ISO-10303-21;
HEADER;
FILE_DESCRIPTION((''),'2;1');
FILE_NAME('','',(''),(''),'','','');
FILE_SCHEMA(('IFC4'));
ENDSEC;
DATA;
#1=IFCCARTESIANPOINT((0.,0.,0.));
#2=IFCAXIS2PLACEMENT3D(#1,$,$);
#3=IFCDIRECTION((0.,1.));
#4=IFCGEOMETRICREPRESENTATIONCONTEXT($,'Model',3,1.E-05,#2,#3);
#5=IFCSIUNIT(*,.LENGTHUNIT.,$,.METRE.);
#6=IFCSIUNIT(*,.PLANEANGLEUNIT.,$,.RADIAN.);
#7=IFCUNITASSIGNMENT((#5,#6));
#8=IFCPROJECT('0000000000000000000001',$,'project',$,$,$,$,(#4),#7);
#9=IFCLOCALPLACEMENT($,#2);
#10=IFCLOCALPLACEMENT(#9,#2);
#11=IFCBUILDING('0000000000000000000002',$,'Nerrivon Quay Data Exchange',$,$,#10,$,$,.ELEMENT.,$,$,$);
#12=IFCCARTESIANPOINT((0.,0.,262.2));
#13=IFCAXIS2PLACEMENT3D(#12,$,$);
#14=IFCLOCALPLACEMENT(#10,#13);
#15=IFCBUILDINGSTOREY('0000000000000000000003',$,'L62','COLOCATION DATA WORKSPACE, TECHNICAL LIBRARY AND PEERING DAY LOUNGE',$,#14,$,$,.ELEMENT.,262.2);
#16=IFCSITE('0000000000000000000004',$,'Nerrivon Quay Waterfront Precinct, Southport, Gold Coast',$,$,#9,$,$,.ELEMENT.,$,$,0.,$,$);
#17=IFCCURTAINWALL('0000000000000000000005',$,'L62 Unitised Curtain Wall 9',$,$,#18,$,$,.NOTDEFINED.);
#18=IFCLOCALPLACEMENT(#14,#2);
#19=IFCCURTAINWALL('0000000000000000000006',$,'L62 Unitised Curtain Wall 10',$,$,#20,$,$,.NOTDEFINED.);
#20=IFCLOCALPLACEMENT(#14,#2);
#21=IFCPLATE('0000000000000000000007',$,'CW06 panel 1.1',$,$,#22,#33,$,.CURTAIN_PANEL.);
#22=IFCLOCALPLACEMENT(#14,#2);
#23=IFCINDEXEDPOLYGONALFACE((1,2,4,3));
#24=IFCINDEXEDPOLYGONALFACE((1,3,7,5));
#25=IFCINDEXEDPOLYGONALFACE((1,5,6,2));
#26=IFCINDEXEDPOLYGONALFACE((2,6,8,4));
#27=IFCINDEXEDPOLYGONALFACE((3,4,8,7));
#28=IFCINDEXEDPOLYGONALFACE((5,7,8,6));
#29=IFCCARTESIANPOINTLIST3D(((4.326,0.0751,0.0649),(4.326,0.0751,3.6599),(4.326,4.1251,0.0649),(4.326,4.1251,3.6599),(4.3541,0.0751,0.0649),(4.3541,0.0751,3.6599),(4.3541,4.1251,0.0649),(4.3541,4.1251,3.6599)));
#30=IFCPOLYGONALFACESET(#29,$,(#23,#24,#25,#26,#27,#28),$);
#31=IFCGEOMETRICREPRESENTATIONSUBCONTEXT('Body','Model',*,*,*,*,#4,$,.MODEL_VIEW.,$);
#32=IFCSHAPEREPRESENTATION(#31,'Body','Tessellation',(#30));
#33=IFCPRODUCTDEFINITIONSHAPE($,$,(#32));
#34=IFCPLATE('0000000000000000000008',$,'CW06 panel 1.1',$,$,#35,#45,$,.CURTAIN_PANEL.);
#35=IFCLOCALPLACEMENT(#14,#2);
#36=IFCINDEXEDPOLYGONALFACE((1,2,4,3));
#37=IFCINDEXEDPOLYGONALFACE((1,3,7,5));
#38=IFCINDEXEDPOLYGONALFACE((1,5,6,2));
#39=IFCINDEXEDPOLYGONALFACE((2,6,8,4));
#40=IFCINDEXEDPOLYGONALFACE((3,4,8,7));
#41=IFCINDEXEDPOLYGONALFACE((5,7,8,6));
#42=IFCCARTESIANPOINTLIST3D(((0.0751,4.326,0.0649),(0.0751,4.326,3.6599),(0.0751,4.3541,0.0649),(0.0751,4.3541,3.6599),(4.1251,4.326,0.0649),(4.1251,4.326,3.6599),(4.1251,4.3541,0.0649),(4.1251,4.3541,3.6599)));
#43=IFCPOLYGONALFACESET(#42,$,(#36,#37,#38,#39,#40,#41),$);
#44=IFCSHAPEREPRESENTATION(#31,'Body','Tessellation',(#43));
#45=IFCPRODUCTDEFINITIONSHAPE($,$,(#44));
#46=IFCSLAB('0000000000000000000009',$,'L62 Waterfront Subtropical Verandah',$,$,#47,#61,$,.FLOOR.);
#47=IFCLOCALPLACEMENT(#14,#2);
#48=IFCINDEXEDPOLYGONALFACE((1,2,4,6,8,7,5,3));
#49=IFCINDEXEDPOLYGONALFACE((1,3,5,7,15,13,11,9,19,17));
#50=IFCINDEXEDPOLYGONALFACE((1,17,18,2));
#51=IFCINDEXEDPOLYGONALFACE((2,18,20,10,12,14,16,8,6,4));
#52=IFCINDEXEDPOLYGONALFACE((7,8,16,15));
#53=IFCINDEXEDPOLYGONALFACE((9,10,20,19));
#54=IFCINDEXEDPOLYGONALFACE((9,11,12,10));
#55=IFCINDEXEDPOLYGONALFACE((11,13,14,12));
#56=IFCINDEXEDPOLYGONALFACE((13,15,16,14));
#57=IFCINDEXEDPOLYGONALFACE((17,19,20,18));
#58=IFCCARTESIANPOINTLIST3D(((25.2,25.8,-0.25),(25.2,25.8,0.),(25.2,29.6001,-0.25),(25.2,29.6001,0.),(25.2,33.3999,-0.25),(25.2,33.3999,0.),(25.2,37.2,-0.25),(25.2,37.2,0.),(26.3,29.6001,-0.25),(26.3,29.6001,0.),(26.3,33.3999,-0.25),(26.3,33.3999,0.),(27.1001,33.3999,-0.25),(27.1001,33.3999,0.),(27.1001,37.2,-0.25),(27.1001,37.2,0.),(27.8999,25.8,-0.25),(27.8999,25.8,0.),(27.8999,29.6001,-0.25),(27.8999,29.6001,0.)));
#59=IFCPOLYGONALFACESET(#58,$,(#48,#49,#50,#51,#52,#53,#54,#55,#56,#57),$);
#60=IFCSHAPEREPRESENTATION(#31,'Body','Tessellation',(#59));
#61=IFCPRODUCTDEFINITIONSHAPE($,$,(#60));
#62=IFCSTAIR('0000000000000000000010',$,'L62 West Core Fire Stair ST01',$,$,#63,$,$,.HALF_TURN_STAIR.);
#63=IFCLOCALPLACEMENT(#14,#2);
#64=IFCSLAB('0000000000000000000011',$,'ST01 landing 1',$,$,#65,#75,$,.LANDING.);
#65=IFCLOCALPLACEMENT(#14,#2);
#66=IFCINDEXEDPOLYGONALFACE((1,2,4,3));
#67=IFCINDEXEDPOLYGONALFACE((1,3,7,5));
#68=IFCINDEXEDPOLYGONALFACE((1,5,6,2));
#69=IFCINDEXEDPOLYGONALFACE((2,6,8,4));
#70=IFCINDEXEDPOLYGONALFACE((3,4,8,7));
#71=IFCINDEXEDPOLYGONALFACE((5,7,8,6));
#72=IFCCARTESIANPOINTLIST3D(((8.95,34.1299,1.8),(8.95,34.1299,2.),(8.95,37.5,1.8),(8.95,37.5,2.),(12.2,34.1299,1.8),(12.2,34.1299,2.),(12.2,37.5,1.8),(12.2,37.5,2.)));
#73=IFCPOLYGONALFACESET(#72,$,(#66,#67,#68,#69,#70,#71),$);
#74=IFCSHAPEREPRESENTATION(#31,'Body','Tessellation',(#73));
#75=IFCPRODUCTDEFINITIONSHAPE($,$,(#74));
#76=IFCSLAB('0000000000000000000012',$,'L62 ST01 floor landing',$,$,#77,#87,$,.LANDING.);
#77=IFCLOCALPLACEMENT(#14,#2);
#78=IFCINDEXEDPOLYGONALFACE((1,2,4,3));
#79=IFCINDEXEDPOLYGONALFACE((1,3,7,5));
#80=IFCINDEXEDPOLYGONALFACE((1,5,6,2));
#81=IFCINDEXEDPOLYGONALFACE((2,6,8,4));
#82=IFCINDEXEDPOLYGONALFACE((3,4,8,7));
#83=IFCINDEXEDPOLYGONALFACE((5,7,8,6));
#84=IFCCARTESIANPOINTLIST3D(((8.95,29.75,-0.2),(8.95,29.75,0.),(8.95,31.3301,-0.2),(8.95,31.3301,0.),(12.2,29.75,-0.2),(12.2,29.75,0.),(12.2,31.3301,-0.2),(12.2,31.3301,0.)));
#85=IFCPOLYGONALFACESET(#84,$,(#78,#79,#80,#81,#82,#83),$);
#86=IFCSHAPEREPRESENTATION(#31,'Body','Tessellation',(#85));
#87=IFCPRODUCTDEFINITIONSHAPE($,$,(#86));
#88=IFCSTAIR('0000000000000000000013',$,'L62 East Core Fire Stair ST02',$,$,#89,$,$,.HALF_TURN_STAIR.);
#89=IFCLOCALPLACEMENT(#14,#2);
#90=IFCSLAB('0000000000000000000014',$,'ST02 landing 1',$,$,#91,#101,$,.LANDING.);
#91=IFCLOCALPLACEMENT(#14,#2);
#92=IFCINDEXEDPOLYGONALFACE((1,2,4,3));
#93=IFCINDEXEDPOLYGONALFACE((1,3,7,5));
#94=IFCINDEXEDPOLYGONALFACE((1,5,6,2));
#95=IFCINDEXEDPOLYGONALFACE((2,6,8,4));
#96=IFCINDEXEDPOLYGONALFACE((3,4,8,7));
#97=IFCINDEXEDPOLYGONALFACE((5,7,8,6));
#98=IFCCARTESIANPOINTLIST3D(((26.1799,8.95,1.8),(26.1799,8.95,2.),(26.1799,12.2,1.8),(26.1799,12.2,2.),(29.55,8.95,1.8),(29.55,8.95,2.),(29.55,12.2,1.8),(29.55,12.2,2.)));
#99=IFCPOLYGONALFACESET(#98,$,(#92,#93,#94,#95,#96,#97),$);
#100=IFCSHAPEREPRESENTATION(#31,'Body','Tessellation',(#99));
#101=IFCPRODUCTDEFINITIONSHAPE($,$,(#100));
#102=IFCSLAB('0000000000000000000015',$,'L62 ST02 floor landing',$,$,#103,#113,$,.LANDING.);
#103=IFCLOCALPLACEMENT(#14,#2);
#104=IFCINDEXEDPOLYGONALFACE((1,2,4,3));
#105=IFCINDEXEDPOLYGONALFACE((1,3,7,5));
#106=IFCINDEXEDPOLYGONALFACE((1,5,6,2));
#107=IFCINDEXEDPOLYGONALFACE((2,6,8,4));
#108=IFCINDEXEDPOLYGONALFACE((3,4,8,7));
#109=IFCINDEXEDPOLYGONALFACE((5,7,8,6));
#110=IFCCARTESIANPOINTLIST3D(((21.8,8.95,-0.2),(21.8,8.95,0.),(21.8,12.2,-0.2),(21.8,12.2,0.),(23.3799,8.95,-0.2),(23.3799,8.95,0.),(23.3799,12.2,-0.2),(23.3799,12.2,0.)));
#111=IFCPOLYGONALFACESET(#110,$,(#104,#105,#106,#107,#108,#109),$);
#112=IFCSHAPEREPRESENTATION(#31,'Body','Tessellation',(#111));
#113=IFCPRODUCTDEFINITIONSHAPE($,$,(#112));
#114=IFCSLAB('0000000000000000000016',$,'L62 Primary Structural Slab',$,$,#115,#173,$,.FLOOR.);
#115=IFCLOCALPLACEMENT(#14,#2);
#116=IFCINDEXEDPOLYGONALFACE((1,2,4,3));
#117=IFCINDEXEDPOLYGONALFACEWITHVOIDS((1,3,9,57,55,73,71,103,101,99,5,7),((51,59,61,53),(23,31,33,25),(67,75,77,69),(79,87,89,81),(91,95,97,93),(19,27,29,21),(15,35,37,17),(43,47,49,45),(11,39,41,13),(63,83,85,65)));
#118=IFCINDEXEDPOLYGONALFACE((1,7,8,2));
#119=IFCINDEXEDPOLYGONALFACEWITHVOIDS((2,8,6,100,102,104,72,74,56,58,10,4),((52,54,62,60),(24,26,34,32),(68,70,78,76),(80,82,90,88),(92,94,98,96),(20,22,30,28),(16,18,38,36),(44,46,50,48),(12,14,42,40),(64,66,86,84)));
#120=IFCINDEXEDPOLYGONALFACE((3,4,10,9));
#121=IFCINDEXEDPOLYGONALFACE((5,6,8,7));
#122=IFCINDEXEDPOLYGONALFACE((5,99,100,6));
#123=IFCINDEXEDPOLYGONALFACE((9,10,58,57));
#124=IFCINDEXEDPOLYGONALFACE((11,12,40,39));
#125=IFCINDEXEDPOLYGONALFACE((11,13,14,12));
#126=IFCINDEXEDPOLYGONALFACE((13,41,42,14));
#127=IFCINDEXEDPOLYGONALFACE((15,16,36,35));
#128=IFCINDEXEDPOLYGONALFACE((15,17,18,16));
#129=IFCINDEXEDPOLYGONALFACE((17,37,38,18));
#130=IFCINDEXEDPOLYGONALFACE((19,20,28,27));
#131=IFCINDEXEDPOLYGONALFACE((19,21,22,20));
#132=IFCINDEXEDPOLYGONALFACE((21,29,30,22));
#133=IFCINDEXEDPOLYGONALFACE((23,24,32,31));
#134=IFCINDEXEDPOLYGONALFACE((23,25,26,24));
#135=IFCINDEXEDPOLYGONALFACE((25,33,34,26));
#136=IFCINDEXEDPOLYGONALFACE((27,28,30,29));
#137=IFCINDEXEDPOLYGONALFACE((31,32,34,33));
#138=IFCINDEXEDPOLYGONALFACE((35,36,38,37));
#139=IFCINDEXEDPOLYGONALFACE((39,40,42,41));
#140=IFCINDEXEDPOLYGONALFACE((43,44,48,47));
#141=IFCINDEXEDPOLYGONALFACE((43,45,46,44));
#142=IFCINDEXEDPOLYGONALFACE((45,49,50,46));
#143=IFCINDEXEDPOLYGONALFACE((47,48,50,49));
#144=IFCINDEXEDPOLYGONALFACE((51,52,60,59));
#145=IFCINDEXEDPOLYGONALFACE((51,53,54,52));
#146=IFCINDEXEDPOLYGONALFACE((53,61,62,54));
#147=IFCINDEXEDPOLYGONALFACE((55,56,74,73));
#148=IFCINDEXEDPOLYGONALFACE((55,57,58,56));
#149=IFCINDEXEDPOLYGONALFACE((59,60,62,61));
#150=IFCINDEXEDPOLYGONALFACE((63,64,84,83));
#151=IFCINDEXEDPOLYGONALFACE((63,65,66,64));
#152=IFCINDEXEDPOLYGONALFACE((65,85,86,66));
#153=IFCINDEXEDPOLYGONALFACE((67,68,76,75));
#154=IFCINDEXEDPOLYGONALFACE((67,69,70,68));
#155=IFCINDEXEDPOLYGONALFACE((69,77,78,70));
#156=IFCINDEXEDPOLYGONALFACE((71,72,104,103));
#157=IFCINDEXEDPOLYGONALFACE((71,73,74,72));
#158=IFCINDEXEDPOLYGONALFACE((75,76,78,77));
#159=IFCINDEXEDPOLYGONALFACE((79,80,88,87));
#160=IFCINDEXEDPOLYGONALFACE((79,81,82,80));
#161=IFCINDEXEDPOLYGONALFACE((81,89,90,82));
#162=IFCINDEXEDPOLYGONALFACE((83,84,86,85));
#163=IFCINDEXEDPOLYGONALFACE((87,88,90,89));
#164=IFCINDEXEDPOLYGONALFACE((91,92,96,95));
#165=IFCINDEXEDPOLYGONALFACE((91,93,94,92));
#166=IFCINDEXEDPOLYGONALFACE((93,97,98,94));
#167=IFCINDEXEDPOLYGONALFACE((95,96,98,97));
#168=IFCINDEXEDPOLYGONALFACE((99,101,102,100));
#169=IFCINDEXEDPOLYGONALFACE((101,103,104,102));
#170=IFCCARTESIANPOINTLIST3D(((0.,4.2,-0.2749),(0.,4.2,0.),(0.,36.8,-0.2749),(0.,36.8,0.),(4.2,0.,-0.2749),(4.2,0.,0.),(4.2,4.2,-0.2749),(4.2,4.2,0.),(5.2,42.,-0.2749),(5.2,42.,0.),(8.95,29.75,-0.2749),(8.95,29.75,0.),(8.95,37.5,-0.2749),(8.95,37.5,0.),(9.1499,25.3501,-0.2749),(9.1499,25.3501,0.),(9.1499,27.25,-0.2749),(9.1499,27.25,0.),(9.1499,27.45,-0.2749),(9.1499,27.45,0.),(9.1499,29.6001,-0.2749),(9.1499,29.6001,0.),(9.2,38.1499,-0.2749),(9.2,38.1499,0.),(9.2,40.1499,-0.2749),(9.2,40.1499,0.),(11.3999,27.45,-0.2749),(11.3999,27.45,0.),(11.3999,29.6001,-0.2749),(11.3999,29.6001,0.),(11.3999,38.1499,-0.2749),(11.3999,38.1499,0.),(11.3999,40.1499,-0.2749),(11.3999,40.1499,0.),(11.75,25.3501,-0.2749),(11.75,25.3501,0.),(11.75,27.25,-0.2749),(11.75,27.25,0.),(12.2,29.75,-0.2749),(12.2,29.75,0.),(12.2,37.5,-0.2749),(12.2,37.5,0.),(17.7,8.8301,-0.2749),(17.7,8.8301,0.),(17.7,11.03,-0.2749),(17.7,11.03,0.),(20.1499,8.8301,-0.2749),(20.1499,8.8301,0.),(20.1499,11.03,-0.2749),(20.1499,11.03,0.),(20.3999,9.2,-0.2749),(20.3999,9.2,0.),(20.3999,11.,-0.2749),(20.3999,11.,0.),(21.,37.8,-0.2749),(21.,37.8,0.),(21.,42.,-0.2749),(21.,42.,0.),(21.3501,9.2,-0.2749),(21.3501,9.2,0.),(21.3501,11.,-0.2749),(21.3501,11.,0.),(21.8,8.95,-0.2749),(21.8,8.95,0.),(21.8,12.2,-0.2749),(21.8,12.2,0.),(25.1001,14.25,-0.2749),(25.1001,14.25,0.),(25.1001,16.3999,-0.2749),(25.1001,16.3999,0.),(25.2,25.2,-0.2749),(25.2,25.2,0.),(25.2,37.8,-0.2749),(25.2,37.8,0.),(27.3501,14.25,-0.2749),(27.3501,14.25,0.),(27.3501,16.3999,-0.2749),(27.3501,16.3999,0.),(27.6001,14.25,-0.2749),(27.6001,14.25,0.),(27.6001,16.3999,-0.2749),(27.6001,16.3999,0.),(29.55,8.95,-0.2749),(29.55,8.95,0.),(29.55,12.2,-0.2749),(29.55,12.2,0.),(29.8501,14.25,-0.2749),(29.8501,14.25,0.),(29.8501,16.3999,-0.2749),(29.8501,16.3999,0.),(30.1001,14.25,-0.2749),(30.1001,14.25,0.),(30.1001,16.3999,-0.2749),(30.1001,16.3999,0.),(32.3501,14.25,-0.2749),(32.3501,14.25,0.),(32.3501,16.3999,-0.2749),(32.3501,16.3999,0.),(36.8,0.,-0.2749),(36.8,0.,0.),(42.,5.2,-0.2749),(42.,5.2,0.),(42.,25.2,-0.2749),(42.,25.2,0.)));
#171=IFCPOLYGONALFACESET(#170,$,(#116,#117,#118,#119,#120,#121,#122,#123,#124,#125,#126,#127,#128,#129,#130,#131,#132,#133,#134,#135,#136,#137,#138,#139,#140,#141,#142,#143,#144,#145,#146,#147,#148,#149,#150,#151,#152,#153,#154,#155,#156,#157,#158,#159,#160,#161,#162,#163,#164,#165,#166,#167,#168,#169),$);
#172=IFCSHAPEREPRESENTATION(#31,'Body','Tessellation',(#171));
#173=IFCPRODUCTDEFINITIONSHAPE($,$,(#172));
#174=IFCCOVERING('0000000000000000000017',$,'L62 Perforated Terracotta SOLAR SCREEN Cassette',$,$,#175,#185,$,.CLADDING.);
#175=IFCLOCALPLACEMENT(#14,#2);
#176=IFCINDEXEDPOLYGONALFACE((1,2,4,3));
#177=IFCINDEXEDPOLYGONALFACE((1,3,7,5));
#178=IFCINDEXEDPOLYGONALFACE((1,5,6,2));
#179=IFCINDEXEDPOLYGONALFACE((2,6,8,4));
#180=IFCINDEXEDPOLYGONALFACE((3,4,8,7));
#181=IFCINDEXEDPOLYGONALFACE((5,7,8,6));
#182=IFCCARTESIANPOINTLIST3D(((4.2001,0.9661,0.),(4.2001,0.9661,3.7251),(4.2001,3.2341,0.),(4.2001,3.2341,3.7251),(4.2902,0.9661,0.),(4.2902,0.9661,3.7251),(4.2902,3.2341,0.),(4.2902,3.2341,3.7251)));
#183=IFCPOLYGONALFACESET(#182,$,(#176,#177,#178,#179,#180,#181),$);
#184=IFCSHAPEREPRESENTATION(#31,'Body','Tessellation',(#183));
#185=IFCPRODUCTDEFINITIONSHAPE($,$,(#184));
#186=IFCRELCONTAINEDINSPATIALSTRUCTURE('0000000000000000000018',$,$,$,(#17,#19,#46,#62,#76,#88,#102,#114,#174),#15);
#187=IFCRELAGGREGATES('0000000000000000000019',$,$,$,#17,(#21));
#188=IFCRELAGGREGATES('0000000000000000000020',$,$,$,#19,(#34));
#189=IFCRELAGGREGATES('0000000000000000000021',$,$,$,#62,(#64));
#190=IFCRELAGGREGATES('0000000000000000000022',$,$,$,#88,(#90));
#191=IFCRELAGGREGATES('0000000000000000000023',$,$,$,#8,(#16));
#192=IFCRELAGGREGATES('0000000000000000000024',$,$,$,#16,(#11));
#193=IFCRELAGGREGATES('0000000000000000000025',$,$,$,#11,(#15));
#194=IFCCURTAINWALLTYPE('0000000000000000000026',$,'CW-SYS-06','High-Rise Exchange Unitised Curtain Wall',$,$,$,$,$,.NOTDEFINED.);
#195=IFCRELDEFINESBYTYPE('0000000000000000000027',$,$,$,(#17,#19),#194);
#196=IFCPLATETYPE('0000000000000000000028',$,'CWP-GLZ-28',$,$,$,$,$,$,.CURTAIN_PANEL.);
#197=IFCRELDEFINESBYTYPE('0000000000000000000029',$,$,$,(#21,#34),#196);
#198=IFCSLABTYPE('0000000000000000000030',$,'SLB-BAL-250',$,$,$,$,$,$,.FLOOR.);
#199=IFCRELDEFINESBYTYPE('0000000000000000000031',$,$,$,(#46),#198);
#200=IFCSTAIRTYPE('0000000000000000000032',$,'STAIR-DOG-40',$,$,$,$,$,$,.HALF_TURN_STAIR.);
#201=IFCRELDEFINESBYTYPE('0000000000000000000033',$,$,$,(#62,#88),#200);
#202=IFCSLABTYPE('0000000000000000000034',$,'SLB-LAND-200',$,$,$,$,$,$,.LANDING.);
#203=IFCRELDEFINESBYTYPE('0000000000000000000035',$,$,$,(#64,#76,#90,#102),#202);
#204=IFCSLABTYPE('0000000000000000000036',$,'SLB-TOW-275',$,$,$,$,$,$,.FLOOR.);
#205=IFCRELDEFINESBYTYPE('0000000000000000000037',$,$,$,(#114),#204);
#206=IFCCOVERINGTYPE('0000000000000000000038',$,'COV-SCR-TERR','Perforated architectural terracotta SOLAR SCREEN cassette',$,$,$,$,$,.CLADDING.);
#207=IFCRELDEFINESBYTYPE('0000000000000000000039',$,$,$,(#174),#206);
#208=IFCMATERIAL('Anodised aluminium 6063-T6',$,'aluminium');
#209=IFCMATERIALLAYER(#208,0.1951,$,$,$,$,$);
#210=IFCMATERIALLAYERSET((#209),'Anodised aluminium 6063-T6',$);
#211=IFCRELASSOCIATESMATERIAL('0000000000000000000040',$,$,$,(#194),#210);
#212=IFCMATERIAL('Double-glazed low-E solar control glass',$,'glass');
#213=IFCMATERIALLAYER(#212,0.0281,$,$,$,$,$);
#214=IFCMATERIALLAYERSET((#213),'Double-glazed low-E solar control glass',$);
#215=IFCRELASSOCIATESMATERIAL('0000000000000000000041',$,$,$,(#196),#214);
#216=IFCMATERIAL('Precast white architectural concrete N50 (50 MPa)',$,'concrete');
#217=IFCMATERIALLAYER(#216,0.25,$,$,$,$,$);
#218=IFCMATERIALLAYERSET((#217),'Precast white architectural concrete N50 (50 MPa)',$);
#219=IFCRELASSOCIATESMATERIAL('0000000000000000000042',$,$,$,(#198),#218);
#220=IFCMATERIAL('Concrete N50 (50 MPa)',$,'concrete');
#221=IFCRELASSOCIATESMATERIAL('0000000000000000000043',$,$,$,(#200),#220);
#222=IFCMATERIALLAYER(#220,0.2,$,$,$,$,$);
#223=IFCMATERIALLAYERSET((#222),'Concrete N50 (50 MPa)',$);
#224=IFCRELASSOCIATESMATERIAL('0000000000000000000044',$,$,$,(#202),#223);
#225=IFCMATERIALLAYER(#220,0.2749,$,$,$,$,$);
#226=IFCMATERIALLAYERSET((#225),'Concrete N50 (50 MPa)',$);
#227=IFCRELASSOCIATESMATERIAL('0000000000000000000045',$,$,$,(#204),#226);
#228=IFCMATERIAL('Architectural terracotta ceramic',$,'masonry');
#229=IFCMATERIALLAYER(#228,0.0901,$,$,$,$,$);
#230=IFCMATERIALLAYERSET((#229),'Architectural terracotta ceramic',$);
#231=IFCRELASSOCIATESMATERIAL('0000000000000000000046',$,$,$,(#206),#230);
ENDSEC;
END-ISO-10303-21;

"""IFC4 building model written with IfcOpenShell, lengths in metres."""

from ifc_helpers import new_model, si_unit, direction, frame, origin, origin_2d, place, context, subcontext, project, spatial, polyline, rectangle, outline, extrude, material, layer, layer_set, type_object, element, aggregate, save


model = new_model("IFC4")

# Units and contexts
model_context = context("Model", 3, precision=1e-05, world=origin(), true_north=direction((0.0, 1.0)))
body_context = subcontext(model_context, "Body", "Model", "MODEL_VIEW")
ifc_project = project(units=[si_unit("LENGTHUNIT", "METRE"), si_unit("PLANEANGLEUNIT", "RADIAN")], contexts=[model_context])

# Site, building, storey
site_placement = place(None, origin())
site = spatial("IfcSite", under=ifc_project, at=site_placement, Name="Nerrivon Quay Waterfront Precinct, Southport, Gold Coast", CompositionType="ELEMENT", RefElevation=0.0)
building_placement = place(site_placement, origin())
building = spatial("IfcBuilding", under=site, at=building_placement, Name="Nerrivon Quay Data Exchange", CompositionType="ELEMENT")
storey_placement = place(building_placement, frame((0.0, 0.0, 262.2)))
storey = spatial("IfcBuildingStorey", under=building, at=storey_placement, Name="L62", Description="COLOCATION DATA WORKSPACE, TECHNICAL LIBRARY AND PEERING DAY LOUNGE", CompositionType="ELEMENT", Elevation=262.2)

# Curtain wall
ifc_material_1 = material(Name="Anodised aluminium 6063-T6", Category="aluminium")
ifc_layer_1 = layer(ifc_material_1, 0.1951)
ifc_layer_set_1 = layer_set([ifc_layer_1], Name="Anodised aluminium 6063-T6")
curtain_wall_type = type_object("IfcCurtainWallType", Name="CW-SYS-06", Description="High-Rise Exchange Unitised Curtain Wall", PredefinedType="NOTDEFINED", material=ifc_layer_set_1)
curtain_wall_1_placement = place(storey_placement, origin())
curtain_wall_1 = element("IfcCurtainWall", 1, at=curtain_wall_1_placement, inside=storey, type_object=curtain_wall_type, Name="L62 Unitised Curtain Wall 9", PredefinedType="NOTDEFINED")

# Curtain wall
curtain_wall_2_placement = place(storey_placement, origin())
curtain_wall_2 = element("IfcCurtainWall", 2, at=curtain_wall_2_placement, inside=storey, type_object=curtain_wall_type, Name="L62 Unitised Curtain Wall 10", PredefinedType="NOTDEFINED")

# Plates
ifc_material_2 = material(Name="Double-glazed low-E solar control glass", Category="glass")
ifc_layer_2 = layer(ifc_material_2, 0.0281)
ifc_layer_set_2 = layer_set([ifc_layer_2], Name="Double-glazed low-E solar control glass")
plate_type = type_object("IfcPlateType", Name="CWP-GLZ-28", PredefinedType="CURTAIN_PANEL", material=ifc_layer_set_2)
plate_1_placement = place(storey_placement, frame((4.3401, 2.1001, 0.0649), z_axis=(0.0, 0.0, 1.0), x_axis=(0.0, 1.0, 0.0)))
plate_1 = element("IfcPlate", 3, at=plate_1_placement, type_object=plate_type, Name="CW06 panel 1.1", PredefinedType="CURTAIN_PANEL", context=body_context, shape_type="SweptSolid", body=[
    extrude(rectangle(XDim=4.05, YDim=0.0281, at=origin_2d()), origin(), (0.0, 0.0, 1.0), 3.595),
])
aggregate(curtain_wall_1, [plate_1])
plate_2_placement = place(storey_placement, frame((2.1001, 4.3401, 0.0649), z_axis=(0.0, 0.0, 1.0), x_axis=(-1.0, 0.0, 0.0)))
plate_2 = element("IfcPlate", 4, at=plate_2_placement, type_object=plate_type, Name="CW06 panel 1.1", PredefinedType="CURTAIN_PANEL", context=body_context, shape_type="SweptSolid", body=[
    extrude(rectangle(XDim=4.05, YDim=0.0281, at=origin_2d()), origin(), (0.0, 0.0, 1.0), 3.595),
])
aggregate(curtain_wall_2, [plate_2])

# Slab
ifc_material_3 = material(Name="Precast white architectural concrete N50 (50 MPa)", Category="concrete")
ifc_layer_3 = layer(ifc_material_3, 0.25)
ifc_layer_set_3 = layer_set([ifc_layer_3], Name="Precast white architectural concrete N50 (50 MPa)")
slab_type_1 = type_object("IfcSlabType", Name="SLB-BAL-250", PredefinedType="FLOOR", material=ifc_layer_set_3)
slab_1_placement = place(storey_placement, frame((0.0, 0.0, -0.25)))
element("IfcSlab", 5, at=slab_1_placement, inside=storey, type_object=slab_type_1, Name="L62 Waterfront Subtropical Verandah", PredefinedType="FLOOR", context=body_context, shape_type="SweptSolid", body=[
    extrude(outline(polyline([(26.3, 29.6001), (26.3, 33.3999), (27.1001, 33.3999), (27.1001, 37.2), (25.2, 37.2), (25.2, 33.3999), (25.2, 29.6001), (25.2, 25.8), (27.8999, 25.8), (27.8999, 29.6001), (26.3, 29.6001)])), origin(), (0.0, 0.0, 1.0), 0.25),
])

# Stair, slab
ifc_material_4 = material(Name="Concrete N50 (50 MPa)", Category="concrete")
stair_type = type_object("IfcStairType", Name="STAIR-DOG-40", PredefinedType="HALF_TURN_STAIR", material=ifc_material_4)
stair_1_placement = place(storey_placement, origin())
stair_1 = element("IfcStair", 6, at=stair_1_placement, inside=storey, type_object=stair_type, Name="L62 West Core Fire Stair ST01", PredefinedType="HALF_TURN_STAIR")
ifc_layer_4 = layer(ifc_material_4, 0.2)
ifc_layer_set_4 = layer_set([ifc_layer_4], Name="Concrete N50 (50 MPa)")
slab_type_2 = type_object("IfcSlabType", Name="SLB-LAND-200", PredefinedType="LANDING", material=ifc_layer_set_4)
slab_2_placement = place(storey_placement, frame((0.0, 0.0, 1.8)))
slab_2 = element("IfcSlab", 7, at=slab_2_placement, type_object=slab_type_2, Name="ST01 landing 1", PredefinedType="LANDING", context=body_context, shape_type="SweptSolid", body=[
    extrude(outline(polyline([(12.2, 34.1299), (12.2, 37.5), (8.95, 37.5), (8.95, 34.1299), (12.2, 34.1299)])), origin(), (0.0, 0.0, 1.0), 0.2),
])
aggregate(stair_1, [slab_2])

# Slab
slab_3_placement = place(storey_placement, frame((0.0, 0.0, -0.2)))
element("IfcSlab", 8, at=slab_3_placement, inside=storey, type_object=slab_type_2, Name="L62 ST01 floor landing", PredefinedType="LANDING", context=body_context, shape_type="SweptSolid", body=[
    extrude(outline(polyline([(12.2, 29.75), (12.2, 31.3301), (8.95, 31.3301), (8.95, 29.75), (12.2, 29.75)])), origin(), (0.0, 0.0, 1.0), 0.2),
])

# Stair, slab
stair_2_placement = place(storey_placement, origin())
stair_2 = element("IfcStair", 9, at=stair_2_placement, inside=storey, type_object=stair_type, Name="L62 East Core Fire Stair ST02", PredefinedType="HALF_TURN_STAIR")
slab_4_placement = place(storey_placement, frame((0.0, 0.0, 1.8)))
slab_4 = element("IfcSlab", 10, at=slab_4_placement, type_object=slab_type_2, Name="ST02 landing 1", PredefinedType="LANDING", context=body_context, shape_type="SweptSolid", body=[
    extrude(outline(polyline([(26.1799, 8.95), (29.55, 8.95), (29.55, 12.2), (26.1799, 12.2), (26.1799, 8.95)])), origin(), (0.0, 0.0, 1.0), 0.2),
])
aggregate(stair_2, [slab_4])

# Slabs
slab_5_placement = place(storey_placement, frame((0.0, 0.0, -0.2)))
element("IfcSlab", 11, at=slab_5_placement, inside=storey, type_object=slab_type_2, Name="L62 ST02 floor landing", PredefinedType="LANDING", context=body_context, shape_type="SweptSolid", body=[
    extrude(outline(polyline([(21.8, 8.95), (23.3799, 8.95), (23.3799, 12.2), (21.8, 12.2), (21.8, 8.95)])), origin(), (0.0, 0.0, 1.0), 0.2),
])
ifc_layer_5 = layer(ifc_material_4, 0.2749)
ifc_layer_set_5 = layer_set([ifc_layer_5], Name="Concrete N50 (50 MPa)")
slab_type_3 = type_object("IfcSlabType", Name="SLB-TOW-275", PredefinedType="FLOOR", material=ifc_layer_set_5)
slab_6_placement = place(storey_placement, frame((0.0, 0.0, -0.2749)))
element("IfcSlab", 12, at=slab_6_placement, inside=storey, type_object=slab_type_3, Name="L62 Primary Structural Slab", PredefinedType="FLOOR", context=body_context, shape_type="SweptSolid", body=[
    extrude(outline(polyline([(42.0, 25.2), (25.2, 25.2), (25.2, 37.8), (21.0, 37.8), (21.0, 42.0), (5.2, 42.0), (0.0, 36.8), (0.0, 4.2), (4.2, 4.2), (4.2, 0.0), (36.8, 0.0), (42.0, 5.2), (42.0, 25.2)]), holes=[polyline([(8.95, 29.75), (8.95, 37.5), (12.2, 37.5), (12.2, 29.75), (8.95, 29.75)]), polyline([(21.8, 12.2), (29.55, 12.2), (29.55, 8.95), (21.8, 8.95), (21.8, 12.2)]), polyline([(30.1001, 14.25), (30.1001, 16.3999), (32.3501, 16.3999), (32.3501, 14.25), (30.1001, 14.25)]), polyline([(27.6001, 14.25), (27.6001, 16.3999), (29.8501, 16.3999), (29.8501, 14.25), (27.6001, 14.25)]), polyline([(25.1001, 14.25), (25.1001, 16.3999), (27.3501, 16.3999), (27.3501, 14.25), (25.1001, 14.25)]), polyline([(20.3999, 9.2), (20.3999, 11.0), (21.3501, 11.0), (21.3501, 9.2), (20.3999, 9.2)]), polyline([(17.7, 8.8301), (17.7, 11.03), (20.1499, 11.03), (20.1499, 8.8301), (17.7, 8.8301)]), polyline([(9.1499, 25.3501), (9.1499, 27.25), (11.75, 27.25), (11.75, 25.3501), (9.1499, 25.3501)]), polyline([(9.1499, 27.45), (9.1499, 29.6001), (11.3999, 29.6001), (11.3999, 27.45), (9.1499, 27.45)]), polyline([(9.2, 38.1499), (9.2, 40.1499), (11.3999, 40.1499), (11.3999, 38.1499), (9.2, 38.1499)])]), origin(), (0.0, 0.0, 1.0), 0.2749),
])

# Covering
ifc_material_5 = material(Name="Architectural terracotta ceramic", Category="masonry")
ifc_layer_6 = layer(ifc_material_5, 0.0901)
ifc_layer_set_6 = layer_set([ifc_layer_6], Name="Architectural terracotta ceramic")
covering_type = type_object("IfcCoveringType", Name="COV-SCR-TERR", Description="Perforated architectural terracotta SOLAR SCREEN cassette", PredefinedType="CLADDING", material=ifc_layer_set_6)
for number, where, z_axis, x_axis, name in (
    (13, (4.2451, 2.1001, 0.0), (0.0, 0.0, 1.0), (0.0, 1.0, 0.0), "L62 Perforated Terracotta SOLAR SCREEN Cassette"),
):
    element("IfcCovering", number, at=place(storey_placement, frame(where, z_axis=z_axis, x_axis=x_axis)), inside=storey, type_object=covering_type, Name=name, PredefinedType="CLADDING", context=body_context, shape_type="SweptSolid", body=[
        extrude(rectangle(XDim=2.2681, YDim=0.0901, at=origin_2d()), origin(), (0.0, 0.0, 1.0), 3.7251),
    ])

save(model, "model.ifc")
